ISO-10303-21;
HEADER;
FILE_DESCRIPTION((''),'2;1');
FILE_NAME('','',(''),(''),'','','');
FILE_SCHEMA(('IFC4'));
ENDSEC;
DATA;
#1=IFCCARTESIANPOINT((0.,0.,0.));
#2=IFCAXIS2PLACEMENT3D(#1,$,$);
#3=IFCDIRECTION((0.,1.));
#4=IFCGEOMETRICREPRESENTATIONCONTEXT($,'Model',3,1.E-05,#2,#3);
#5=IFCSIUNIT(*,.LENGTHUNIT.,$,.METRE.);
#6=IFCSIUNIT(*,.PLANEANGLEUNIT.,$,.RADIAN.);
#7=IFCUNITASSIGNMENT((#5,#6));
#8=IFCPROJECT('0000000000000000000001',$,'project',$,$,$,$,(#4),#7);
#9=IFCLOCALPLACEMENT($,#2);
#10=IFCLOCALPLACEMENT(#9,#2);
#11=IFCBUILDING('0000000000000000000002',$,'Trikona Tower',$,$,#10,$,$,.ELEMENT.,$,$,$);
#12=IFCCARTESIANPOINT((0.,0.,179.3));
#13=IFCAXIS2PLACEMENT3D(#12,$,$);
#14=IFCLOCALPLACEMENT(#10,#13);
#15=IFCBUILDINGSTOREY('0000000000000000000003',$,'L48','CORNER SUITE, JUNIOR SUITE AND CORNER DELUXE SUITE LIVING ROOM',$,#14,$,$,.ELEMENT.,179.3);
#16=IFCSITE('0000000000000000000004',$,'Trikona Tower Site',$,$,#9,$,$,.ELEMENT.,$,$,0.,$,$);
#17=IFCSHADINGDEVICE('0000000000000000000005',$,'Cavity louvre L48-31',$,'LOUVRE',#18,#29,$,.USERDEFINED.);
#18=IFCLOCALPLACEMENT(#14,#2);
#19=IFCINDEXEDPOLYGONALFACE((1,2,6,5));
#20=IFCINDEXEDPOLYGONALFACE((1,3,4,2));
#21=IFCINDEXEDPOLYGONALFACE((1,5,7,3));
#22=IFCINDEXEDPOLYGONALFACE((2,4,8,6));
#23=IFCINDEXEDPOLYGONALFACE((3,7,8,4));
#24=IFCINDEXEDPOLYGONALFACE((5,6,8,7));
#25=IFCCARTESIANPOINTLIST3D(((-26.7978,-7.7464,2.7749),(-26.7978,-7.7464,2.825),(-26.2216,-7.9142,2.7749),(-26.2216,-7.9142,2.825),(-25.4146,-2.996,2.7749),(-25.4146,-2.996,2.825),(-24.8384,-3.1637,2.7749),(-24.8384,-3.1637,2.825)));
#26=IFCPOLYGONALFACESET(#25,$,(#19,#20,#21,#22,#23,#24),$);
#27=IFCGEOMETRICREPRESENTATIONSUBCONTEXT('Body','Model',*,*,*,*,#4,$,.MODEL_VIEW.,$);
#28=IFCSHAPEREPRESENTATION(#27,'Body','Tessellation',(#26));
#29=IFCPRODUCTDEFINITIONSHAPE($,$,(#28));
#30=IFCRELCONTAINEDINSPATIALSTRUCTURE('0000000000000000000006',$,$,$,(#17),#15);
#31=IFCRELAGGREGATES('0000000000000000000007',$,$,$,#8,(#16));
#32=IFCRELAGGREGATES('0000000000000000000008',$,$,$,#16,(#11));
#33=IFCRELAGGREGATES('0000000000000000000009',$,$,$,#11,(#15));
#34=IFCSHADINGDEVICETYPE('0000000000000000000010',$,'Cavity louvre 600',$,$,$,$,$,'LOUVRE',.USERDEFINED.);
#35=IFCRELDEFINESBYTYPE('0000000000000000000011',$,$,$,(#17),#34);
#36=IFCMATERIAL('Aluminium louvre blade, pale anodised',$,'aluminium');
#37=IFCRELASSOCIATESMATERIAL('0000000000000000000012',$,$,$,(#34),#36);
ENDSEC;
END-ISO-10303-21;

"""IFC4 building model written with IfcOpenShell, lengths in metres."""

from ifc_helpers import new_model, si_unit, direction, frame, origin, origin_2d, place, context, subcontext, project, spatial, rectangle, extrude, material, type_object, element, save


model = new_model("IFC4")

# Units and contexts
model_context = context("Model", 3, precision=1e-05, world=origin(), true_north=direction((0.0, 1.0)))
body_context = subcontext(model_context, "Body", "Model", "MODEL_VIEW")
ifc_project = project(units=[si_unit("LENGTHUNIT", "METRE"), si_unit("PLANEANGLEUNIT", "RADIAN")], contexts=[model_context])

# Site, building, storey
site_placement = place(None, origin())
site = spatial("IfcSite", under=ifc_project, at=site_placement, Name="Trikona Tower Site", CompositionType="ELEMENT", RefElevation=0.0)
building_placement = place(site_placement, origin())
building = spatial("IfcBuilding", under=site, at=building_placement, Name="Trikona Tower", CompositionType="ELEMENT")
storey_placement = place(building_placement, frame((0.0, 0.0, 179.3)))
storey = spatial("IfcBuildingStorey", under=building, at=storey_placement, Name="L48", Description="CORNER SUITE, JUNIOR SUITE AND CORNER DELUXE SUITE LIVING ROOM", CompositionType="ELEMENT", Elevation=179.3)

# Shading device
ifc_material_1 = material(Name="Aluminium louvre blade, pale anodised", Category="aluminium")
shading_device_type = type_object("IfcShadingDeviceType", Name="Cavity louvre 600", ElementType="LOUVRE", PredefinedType="USERDEFINED", material=ifc_material_1)
shading_device_placement = place(storey_placement, frame((-25.8181, -5.4551, 2.7749), z_axis=(0.0, 0.0, 1.0), x_axis=(-0.279554, -0.96013, 0.0)))
element("IfcShadingDevice", 1, at=shading_device_placement, inside=storey, type_object=shading_device_type, Name="Cavity louvre L48-31", ObjectType="LOUVRE", PredefinedType="USERDEFINED", context=body_context, shape_type="SweptSolid", body=[
    extrude(rectangle(XDim=4.9478, YDim=0.6001, at=origin_2d()), origin(), (0.0, 0.0, 1.0), 0.05),
])

save(model, "model.ifc")
